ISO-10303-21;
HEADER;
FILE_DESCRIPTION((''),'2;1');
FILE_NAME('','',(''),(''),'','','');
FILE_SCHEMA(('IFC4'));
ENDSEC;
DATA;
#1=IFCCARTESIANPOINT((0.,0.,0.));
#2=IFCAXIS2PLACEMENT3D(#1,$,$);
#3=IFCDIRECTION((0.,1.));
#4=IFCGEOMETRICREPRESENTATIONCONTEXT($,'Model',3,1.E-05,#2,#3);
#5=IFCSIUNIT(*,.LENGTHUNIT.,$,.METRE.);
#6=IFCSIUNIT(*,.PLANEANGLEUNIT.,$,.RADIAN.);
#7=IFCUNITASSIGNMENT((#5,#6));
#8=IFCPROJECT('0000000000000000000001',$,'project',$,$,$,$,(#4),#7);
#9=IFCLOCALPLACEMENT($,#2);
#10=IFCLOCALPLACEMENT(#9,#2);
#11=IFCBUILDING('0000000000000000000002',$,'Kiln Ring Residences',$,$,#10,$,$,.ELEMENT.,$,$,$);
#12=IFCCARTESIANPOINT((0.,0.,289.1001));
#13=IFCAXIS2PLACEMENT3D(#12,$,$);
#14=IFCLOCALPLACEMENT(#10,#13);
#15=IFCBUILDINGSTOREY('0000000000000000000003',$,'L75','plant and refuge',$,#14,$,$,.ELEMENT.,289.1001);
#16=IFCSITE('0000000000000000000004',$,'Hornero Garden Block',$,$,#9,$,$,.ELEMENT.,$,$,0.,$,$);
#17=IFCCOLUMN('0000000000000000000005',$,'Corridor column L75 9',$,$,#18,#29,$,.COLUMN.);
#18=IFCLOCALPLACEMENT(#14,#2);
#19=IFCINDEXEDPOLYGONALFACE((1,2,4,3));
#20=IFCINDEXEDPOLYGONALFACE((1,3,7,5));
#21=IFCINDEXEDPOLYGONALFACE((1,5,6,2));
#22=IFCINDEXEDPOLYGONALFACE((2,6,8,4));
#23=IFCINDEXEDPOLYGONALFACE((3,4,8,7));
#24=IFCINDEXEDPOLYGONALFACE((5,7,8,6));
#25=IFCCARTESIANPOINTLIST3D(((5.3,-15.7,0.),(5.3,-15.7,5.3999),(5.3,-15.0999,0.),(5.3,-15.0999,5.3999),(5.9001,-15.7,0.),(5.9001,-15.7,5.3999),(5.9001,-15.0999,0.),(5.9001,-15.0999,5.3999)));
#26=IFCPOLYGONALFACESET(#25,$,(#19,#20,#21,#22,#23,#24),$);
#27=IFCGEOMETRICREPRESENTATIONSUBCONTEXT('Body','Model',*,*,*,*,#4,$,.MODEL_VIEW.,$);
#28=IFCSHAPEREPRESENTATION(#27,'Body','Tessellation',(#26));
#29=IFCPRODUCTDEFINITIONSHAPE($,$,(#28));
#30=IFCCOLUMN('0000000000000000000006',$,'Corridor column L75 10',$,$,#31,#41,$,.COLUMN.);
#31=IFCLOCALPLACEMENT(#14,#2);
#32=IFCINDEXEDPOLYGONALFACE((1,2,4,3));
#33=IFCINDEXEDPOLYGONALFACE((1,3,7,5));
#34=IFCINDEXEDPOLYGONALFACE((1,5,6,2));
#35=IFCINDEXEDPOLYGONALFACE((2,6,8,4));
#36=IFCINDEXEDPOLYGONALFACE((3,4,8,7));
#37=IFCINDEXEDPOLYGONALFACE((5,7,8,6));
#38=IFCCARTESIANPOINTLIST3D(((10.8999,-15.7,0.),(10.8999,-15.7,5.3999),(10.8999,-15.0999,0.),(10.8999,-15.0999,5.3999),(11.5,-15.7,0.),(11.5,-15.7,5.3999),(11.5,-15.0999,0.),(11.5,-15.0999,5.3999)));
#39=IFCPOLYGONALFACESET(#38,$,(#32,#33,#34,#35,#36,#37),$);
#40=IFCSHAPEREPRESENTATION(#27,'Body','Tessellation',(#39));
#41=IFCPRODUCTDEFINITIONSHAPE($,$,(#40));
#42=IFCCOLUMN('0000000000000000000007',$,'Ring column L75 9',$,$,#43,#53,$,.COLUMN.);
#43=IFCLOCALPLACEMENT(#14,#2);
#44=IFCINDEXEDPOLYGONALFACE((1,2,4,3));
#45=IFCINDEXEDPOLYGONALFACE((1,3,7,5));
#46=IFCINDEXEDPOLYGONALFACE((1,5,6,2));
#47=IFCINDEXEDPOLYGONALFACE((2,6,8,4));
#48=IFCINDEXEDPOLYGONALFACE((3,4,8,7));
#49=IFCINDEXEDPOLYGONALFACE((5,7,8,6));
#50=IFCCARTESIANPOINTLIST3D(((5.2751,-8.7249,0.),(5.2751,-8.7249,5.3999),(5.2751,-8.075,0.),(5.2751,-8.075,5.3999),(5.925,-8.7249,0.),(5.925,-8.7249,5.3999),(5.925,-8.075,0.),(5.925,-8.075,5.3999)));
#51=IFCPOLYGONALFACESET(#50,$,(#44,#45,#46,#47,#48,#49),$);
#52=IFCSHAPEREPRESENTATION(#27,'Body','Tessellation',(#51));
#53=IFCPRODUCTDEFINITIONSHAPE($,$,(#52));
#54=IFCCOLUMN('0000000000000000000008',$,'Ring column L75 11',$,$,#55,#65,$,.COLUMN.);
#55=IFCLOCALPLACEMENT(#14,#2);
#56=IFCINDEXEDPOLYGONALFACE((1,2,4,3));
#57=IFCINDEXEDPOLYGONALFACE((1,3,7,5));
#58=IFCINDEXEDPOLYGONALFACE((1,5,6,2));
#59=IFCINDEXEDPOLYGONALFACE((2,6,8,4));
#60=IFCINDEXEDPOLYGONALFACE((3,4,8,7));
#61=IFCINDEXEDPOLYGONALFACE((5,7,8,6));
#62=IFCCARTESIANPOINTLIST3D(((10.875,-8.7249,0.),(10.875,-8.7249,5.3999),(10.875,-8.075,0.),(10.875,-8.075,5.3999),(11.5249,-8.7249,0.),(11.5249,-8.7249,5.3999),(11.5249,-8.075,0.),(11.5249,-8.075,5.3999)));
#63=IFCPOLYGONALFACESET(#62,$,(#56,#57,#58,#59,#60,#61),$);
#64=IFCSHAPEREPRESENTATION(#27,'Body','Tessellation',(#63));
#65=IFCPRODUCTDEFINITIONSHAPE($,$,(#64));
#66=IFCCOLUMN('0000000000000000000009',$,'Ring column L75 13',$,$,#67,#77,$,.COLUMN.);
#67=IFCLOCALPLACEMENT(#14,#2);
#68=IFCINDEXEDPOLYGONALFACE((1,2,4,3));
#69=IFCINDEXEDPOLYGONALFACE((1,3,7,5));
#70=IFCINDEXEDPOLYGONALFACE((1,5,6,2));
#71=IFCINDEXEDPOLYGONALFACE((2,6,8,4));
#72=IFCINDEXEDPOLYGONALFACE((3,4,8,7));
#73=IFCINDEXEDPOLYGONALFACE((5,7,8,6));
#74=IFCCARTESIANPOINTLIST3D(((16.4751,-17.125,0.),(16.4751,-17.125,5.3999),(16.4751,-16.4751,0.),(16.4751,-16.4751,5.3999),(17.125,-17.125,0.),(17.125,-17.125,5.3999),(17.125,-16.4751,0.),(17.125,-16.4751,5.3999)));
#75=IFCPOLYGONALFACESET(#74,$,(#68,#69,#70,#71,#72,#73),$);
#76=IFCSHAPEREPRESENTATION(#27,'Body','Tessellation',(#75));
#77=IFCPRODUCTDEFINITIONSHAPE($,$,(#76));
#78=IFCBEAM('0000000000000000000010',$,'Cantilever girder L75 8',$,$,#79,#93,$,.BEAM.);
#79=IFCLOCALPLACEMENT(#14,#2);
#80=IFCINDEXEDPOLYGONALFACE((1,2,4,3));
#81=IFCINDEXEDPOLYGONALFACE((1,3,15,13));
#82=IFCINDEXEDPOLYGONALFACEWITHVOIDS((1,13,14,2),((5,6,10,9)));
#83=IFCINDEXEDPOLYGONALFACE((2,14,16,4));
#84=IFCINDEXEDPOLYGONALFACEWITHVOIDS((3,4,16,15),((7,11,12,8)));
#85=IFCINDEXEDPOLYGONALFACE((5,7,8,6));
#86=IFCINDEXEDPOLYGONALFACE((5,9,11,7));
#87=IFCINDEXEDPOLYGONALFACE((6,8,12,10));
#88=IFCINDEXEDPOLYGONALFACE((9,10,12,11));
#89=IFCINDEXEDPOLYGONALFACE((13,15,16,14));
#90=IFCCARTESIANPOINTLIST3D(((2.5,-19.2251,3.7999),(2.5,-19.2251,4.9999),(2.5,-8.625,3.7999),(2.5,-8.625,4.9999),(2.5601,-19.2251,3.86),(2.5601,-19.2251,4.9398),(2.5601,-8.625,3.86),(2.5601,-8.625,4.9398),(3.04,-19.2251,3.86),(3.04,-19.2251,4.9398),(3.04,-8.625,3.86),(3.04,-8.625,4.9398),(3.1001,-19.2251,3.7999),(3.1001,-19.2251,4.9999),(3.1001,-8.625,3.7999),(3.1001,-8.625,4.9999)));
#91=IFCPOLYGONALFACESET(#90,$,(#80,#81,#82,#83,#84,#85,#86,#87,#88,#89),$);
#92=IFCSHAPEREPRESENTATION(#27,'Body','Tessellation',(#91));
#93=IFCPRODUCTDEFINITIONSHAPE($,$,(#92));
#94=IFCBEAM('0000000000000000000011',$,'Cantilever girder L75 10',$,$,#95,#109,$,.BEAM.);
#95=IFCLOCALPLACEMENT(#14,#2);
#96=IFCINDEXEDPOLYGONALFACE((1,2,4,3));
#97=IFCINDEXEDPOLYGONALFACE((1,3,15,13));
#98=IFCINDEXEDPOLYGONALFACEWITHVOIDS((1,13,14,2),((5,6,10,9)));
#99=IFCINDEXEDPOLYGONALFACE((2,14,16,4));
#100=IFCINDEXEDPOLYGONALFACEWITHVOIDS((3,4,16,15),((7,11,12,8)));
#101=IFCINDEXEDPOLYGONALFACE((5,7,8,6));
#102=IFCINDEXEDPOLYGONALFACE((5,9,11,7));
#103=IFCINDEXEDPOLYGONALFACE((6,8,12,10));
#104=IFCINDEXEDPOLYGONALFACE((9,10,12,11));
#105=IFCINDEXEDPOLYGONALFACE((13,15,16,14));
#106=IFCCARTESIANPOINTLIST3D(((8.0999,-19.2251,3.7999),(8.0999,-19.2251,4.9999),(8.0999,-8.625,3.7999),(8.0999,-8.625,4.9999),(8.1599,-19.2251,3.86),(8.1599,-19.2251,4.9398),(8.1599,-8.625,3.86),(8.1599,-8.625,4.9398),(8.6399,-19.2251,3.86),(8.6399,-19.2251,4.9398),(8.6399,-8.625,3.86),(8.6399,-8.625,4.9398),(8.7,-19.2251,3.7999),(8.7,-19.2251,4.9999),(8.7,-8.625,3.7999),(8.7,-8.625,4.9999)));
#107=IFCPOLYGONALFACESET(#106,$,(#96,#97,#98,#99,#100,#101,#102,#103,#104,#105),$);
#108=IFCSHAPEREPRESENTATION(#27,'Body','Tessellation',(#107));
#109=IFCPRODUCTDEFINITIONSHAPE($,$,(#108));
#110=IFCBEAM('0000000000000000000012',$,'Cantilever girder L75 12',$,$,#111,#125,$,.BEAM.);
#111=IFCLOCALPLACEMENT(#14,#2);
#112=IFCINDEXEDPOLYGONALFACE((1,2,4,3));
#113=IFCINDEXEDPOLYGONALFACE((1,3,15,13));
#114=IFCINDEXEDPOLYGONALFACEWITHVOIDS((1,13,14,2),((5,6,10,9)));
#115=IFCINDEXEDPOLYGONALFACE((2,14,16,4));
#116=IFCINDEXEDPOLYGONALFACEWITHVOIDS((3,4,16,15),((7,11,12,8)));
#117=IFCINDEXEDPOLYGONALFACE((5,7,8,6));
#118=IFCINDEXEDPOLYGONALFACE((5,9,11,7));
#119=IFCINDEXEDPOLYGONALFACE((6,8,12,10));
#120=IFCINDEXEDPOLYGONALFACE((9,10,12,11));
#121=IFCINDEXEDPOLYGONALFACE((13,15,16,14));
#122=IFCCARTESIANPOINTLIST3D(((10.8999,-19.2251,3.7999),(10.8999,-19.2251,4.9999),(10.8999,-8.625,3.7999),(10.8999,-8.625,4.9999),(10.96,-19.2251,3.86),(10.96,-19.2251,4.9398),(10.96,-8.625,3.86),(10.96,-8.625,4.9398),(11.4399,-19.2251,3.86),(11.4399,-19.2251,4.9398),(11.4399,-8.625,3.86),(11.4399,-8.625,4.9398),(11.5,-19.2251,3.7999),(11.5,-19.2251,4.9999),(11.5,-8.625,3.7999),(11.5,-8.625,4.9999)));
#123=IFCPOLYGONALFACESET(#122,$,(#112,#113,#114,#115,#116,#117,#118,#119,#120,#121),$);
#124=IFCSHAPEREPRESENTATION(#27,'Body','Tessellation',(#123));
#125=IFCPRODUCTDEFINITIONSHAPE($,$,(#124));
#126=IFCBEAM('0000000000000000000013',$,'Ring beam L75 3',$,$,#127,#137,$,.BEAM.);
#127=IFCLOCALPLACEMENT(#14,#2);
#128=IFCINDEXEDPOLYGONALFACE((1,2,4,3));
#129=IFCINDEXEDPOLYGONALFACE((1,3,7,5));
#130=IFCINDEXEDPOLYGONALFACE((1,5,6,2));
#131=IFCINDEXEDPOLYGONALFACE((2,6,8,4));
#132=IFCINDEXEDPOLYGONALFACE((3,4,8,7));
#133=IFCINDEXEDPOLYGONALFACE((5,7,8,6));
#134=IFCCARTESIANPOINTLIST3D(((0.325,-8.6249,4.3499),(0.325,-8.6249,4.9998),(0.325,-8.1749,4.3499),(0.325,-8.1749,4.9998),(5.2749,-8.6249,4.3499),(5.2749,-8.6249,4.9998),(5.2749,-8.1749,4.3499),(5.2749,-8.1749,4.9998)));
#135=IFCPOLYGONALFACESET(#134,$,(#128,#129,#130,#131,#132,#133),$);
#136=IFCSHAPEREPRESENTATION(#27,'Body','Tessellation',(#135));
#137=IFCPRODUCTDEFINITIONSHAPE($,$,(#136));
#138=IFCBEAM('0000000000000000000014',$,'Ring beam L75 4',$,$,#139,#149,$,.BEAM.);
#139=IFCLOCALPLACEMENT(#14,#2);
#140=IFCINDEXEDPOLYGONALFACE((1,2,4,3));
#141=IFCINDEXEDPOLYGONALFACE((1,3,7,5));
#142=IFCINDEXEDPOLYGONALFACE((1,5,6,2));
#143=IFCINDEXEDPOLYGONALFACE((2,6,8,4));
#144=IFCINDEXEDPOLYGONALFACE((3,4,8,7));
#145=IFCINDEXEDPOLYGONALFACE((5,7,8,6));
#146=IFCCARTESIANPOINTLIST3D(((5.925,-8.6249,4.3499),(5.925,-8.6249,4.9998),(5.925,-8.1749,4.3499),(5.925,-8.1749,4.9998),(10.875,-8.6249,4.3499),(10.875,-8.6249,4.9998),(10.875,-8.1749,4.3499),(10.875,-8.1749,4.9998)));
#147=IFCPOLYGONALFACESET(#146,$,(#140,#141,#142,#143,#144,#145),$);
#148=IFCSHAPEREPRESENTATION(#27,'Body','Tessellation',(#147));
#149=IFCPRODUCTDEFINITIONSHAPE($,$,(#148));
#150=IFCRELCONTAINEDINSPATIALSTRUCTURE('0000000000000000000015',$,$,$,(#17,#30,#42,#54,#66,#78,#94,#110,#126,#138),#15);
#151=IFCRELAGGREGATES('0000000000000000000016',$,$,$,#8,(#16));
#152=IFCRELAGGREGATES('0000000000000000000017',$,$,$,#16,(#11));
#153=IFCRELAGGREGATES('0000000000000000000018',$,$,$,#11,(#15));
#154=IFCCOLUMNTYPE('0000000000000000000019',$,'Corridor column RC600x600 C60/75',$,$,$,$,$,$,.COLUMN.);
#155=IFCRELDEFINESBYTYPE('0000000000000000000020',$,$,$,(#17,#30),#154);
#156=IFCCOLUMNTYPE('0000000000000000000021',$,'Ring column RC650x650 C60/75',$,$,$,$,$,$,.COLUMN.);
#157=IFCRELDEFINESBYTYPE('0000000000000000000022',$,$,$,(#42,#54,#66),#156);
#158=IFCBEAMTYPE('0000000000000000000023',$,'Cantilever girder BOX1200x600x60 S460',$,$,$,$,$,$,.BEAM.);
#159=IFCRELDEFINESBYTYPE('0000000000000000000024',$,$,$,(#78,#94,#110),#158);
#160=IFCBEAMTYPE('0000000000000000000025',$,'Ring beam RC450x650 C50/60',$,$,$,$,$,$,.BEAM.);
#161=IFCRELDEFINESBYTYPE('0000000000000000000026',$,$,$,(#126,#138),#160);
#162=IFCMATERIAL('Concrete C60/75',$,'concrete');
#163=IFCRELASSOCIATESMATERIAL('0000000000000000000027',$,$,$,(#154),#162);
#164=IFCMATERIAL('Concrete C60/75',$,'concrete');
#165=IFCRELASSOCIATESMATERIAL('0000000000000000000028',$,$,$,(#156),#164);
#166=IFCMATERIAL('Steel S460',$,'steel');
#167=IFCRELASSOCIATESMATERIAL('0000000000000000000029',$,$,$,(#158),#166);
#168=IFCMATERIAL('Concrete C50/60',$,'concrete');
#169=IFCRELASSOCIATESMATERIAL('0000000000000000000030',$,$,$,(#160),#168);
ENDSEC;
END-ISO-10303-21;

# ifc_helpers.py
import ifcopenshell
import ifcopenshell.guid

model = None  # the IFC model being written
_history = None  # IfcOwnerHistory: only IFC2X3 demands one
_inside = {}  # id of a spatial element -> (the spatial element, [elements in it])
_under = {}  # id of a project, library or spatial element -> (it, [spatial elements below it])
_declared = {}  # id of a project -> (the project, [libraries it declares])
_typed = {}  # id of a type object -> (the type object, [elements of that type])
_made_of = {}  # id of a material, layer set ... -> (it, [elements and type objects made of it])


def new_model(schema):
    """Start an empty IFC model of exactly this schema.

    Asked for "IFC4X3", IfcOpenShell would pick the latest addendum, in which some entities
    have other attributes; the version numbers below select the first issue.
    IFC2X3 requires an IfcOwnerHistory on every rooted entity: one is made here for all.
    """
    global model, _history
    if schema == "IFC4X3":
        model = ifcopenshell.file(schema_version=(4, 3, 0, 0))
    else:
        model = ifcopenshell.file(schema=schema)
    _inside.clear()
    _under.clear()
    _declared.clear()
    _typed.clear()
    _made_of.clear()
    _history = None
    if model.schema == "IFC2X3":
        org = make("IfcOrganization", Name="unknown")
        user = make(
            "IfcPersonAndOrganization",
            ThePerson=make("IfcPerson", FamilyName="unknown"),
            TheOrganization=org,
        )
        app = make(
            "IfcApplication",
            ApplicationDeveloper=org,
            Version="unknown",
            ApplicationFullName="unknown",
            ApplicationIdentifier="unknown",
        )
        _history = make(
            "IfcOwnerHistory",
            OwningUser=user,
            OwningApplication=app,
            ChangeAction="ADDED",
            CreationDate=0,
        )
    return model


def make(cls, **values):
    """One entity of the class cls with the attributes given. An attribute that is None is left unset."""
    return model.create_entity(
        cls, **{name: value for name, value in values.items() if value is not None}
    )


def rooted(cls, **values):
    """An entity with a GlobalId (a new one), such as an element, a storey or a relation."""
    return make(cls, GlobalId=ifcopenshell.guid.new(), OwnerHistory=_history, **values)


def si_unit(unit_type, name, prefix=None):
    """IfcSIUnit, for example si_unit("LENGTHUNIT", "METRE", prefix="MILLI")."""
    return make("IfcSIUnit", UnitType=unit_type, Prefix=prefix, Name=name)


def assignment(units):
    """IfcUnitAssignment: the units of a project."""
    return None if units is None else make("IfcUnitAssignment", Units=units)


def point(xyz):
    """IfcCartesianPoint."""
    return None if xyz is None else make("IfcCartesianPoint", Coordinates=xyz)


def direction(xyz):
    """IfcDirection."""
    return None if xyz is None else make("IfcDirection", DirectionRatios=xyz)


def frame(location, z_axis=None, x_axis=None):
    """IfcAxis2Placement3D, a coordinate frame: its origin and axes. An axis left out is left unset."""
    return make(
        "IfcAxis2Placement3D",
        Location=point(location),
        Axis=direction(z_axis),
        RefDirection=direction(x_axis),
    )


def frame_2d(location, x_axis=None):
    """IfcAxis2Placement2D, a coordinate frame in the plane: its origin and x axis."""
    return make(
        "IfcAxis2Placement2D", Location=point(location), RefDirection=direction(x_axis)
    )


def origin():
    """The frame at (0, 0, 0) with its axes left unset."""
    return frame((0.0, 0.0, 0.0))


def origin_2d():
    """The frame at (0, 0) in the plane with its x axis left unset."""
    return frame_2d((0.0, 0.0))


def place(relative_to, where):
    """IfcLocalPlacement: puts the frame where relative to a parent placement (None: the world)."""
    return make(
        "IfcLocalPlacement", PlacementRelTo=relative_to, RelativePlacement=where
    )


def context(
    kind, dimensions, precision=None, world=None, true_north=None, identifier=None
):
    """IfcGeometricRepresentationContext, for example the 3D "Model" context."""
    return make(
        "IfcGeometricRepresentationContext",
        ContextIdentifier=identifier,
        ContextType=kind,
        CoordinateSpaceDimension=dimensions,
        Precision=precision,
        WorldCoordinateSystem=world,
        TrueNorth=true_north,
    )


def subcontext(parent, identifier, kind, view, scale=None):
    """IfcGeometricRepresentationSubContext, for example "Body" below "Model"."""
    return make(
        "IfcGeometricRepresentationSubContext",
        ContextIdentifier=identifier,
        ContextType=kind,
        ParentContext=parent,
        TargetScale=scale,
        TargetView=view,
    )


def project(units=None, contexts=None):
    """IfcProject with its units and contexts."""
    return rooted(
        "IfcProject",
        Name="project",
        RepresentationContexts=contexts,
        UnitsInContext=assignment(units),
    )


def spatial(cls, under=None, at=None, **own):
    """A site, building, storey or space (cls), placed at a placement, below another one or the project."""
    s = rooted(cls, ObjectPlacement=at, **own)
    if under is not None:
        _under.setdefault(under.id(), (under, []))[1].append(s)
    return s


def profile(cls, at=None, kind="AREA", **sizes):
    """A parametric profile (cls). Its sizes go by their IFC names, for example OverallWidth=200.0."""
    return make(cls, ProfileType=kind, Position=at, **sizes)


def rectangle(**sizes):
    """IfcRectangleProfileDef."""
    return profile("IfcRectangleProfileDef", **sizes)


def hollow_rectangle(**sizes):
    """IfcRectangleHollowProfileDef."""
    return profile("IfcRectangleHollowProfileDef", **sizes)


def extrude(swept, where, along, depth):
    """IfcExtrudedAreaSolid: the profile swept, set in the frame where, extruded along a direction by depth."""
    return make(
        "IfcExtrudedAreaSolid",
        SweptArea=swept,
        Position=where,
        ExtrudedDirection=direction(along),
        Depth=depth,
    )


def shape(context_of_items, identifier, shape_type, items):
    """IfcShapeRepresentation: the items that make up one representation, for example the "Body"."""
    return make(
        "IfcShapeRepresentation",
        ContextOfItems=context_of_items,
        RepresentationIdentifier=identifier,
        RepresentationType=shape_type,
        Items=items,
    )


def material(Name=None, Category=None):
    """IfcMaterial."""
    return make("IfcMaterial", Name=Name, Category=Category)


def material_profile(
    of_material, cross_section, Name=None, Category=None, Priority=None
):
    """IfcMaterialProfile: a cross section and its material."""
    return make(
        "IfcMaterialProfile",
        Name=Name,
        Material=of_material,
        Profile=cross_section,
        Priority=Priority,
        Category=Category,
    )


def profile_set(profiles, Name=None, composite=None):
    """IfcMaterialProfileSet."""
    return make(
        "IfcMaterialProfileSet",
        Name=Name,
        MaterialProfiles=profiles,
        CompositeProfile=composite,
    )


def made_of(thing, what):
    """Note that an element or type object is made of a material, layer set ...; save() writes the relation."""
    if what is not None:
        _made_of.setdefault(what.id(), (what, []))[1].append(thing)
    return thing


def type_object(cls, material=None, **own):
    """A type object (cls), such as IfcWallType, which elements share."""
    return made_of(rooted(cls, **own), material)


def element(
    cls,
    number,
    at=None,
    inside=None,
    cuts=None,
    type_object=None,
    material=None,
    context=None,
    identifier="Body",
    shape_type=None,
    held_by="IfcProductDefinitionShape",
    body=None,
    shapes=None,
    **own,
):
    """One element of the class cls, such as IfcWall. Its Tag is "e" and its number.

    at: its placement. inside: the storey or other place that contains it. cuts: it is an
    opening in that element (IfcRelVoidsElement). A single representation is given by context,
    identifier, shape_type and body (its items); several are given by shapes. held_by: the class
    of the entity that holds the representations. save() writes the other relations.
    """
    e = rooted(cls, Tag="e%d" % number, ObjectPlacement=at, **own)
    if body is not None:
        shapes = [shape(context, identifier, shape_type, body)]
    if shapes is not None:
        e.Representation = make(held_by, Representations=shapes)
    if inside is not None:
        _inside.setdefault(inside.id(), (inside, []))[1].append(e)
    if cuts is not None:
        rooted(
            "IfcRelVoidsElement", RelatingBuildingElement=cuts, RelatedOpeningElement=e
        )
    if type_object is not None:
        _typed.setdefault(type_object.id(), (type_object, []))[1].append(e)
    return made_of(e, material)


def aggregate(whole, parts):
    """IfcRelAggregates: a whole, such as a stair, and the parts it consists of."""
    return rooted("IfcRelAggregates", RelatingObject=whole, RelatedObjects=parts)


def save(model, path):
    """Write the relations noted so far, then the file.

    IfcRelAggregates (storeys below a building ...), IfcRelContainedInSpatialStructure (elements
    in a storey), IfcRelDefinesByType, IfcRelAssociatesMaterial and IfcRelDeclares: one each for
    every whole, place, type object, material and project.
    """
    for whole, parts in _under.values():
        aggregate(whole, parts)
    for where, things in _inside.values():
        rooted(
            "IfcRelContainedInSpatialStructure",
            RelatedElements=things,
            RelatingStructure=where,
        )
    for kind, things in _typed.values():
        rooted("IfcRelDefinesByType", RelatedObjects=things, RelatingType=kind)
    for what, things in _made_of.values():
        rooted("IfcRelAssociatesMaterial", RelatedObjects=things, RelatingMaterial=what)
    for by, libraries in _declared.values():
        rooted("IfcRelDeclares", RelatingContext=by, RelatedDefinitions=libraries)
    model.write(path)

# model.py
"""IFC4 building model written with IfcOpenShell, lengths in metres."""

from ifc_helpers import new_model, si_unit, direction, frame, origin, origin_2d, place, context, subcontext, project, spatial, rectangle, hollow_rectangle, extrude, material, material_profile, profile_set, type_object, element, save


model = new_model("IFC4")

# Units and contexts
model_context = context("Model", 3, precision=1e-05, world=origin(), true_north=direction((0.0, 1.0)))
body_context = subcontext(model_context, "Body", "Model", "MODEL_VIEW")
ifc_project = project(units=[si_unit("LENGTHUNIT", "METRE"), si_unit("PLANEANGLEUNIT", "RADIAN")], contexts=[model_context])

# Site, building, storey
site_placement = place(None, origin())
site = spatial("IfcSite", under=ifc_project, at=site_placement, Name="Hornero Garden Block", CompositionType="ELEMENT", RefElevation=0.0)
building_placement = place(site_placement, origin())
building = spatial("IfcBuilding", under=site, at=building_placement, Name="Kiln Ring Residences", CompositionType="ELEMENT")
storey_placement = place(building_placement, frame((0.0, 0.0, 289.1001)))
storey = spatial("IfcBuildingStorey", under=building, at=storey_placement, Name="L75", Description="plant and refuge", CompositionType="ELEMENT", Elevation=289.1001)

# Columns
ifc_material_1 = material(Name="Concrete C60/75", Category="concrete")
ifc_material_profile_1 = material_profile(ifc_material_1, rectangle(XDim=0.6001, YDim=0.6001, at=origin_2d()), Name="RC600x600")
ifc_profile_set_1 = profile_set([ifc_material_profile_1], Name="Concrete C60/75")
column_type_1 = type_object("IfcColumnType", Name="Corridor column RC600x600 C60/75", PredefinedType="COLUMN", material=ifc_profile_set_1)
for number, where, z_axis, x_axis, name in (
    (1, (5.6001, -15.3999, 0.0), (0.0, 0.0, 1.0), (1.0, 0.0, 0.0), "Corridor column L75 9"),
    (2, (11.2, -15.3999, 0.0), (0.0, 0.0, 1.0), (1.0, 0.0, 0.0), "Corridor column L75 10"),
):
    element("IfcColumn", number, at=place(storey_placement, frame(where, z_axis=z_axis, x_axis=x_axis)), inside=storey, type_object=column_type_1, Name=name, PredefinedType="COLUMN", context=body_context, shape_type="SweptSolid", body=[
        extrude(rectangle(XDim=0.6001, YDim=0.6001, at=origin_2d()), origin(), (0.0, 0.0, 1.0), 5.3999),
    ])
ifc_material_2 = material(Name="Concrete C60/75", Category="concrete")
ifc_material_profile_2 = material_profile(ifc_material_2, rectangle(XDim=0.6499, YDim=0.6499, at=origin_2d()), Name="RC650x650")
ifc_profile_set_2 = profile_set([ifc_material_profile_2], Name="Concrete C60/75")
column_type_2 = type_object("IfcColumnType", Name="Ring column RC650x650 C60/75", PredefinedType="COLUMN", material=ifc_profile_set_2)
for number, where, z_axis, x_axis, name in (
    (3, (5.6001, -8.3999, 0.0), (0.0, 0.0, 1.0), (1.0, 0.0, 0.0), "Ring column L75 9"),
    (4, (11.2, -8.3999, 0.0), (0.0, 0.0, 1.0), (1.0, 0.0, 0.0), "Ring column L75 11"),
    (5, (16.8, -16.8, 0.0), (0.0, 0.0, 1.0), (1.0, 0.0, 0.0), "Ring column L75 13"),
):
    element("IfcColumn", number, at=place(storey_placement, frame(where, z_axis=z_axis, x_axis=x_axis)), inside=storey, type_object=column_type_2, Name=name, PredefinedType="COLUMN", context=body_context, shape_type="SweptSolid", body=[
        extrude(rectangle(XDim=0.6499, YDim=0.6499, at=origin_2d()), origin(), (0.0, 0.0, 1.0), 5.3999),
    ])

# Beams
ifc_material_3 = material(Name="Steel S460", Category="steel")
ifc_material_profile_3 = material_profile(ifc_material_3, hollow_rectangle(XDim=0.6001, YDim=1.2, WallThickness=0.0601, at=origin_2d()), Name="BOX1200x600x60")
ifc_profile_set_3 = profile_set([ifc_material_profile_3], Name="Steel S460")
beam_type_1 = type_object("IfcBeamType", Name="Cantilever girder BOX1200x600x60 S460", PredefinedType="BEAM", material=ifc_profile_set_3)
for number, where, z_axis, x_axis, name in (
    (6, (2.8, -19.2251, 4.3999), (0.0, 1.0, 0.0), (-1.0, 0.0, 0.0), "Cantilever girder L75 8"),
    (7, (8.3999, -19.2251, 4.3999), (0.0, 1.0, 0.0), (-1.0, 0.0, 0.0), "Cantilever girder L75 10"),
    (8, (11.2, -19.2251, 4.3999), (0.0, 1.0, 0.0), (-1.0, 0.0, 0.0), "Cantilever girder L75 12"),
):
    element("IfcBeam", number, at=place(storey_placement, frame(where, z_axis=z_axis, x_axis=x_axis)), inside=storey, type_object=beam_type_1, Name=name, PredefinedType="BEAM", context=body_context, shape_type="SweptSolid", body=[
        extrude(hollow_rectangle(XDim=0.6001, YDim=1.2, WallThickness=0.0601, at=origin_2d()), origin(), (0.0, 0.0, 1.0), 10.6001),
    ])
ifc_material_4 = material(Name="Concrete C50/60", Category="concrete")
ifc_material_profile_4 = material_profile(ifc_material_4, rectangle(XDim=0.45, YDim=0.6499, at=origin_2d()), Name="RC450x650")
ifc_profile_set_4 = profile_set([ifc_material_profile_4], Name="Concrete C50/60")
beam_type_2 = type_object("IfcBeamType", Name="Ring beam RC450x650 C50/60", PredefinedType="BEAM", material=ifc_profile_set_4)
for number, where, z_axis, x_axis, name in (
    (9, (0.325, -8.3999, 4.6748), (1.0, 0.0, 0.0), (0.0, 1.0, 0.0), "Ring beam L75 3"),
    (10, (5.925, -8.3999, 4.6748), (1.0, 0.0, 0.0), (0.0, 1.0, 0.0), "Ring beam L75 4"),
):
    element("IfcBeam", number, at=place(storey_placement, frame(where, z_axis=z_axis, x_axis=x_axis)), inside=storey, type_object=beam_type_2, Name=name, PredefinedType="BEAM", context=body_context, shape_type="SweptSolid", body=[
        extrude(rectangle(XDim=0.45, YDim=0.6499, at=origin_2d()), origin(), (0.0, 0.0, 1.0), 4.95),
    ])

save(model, "model.ifc")
